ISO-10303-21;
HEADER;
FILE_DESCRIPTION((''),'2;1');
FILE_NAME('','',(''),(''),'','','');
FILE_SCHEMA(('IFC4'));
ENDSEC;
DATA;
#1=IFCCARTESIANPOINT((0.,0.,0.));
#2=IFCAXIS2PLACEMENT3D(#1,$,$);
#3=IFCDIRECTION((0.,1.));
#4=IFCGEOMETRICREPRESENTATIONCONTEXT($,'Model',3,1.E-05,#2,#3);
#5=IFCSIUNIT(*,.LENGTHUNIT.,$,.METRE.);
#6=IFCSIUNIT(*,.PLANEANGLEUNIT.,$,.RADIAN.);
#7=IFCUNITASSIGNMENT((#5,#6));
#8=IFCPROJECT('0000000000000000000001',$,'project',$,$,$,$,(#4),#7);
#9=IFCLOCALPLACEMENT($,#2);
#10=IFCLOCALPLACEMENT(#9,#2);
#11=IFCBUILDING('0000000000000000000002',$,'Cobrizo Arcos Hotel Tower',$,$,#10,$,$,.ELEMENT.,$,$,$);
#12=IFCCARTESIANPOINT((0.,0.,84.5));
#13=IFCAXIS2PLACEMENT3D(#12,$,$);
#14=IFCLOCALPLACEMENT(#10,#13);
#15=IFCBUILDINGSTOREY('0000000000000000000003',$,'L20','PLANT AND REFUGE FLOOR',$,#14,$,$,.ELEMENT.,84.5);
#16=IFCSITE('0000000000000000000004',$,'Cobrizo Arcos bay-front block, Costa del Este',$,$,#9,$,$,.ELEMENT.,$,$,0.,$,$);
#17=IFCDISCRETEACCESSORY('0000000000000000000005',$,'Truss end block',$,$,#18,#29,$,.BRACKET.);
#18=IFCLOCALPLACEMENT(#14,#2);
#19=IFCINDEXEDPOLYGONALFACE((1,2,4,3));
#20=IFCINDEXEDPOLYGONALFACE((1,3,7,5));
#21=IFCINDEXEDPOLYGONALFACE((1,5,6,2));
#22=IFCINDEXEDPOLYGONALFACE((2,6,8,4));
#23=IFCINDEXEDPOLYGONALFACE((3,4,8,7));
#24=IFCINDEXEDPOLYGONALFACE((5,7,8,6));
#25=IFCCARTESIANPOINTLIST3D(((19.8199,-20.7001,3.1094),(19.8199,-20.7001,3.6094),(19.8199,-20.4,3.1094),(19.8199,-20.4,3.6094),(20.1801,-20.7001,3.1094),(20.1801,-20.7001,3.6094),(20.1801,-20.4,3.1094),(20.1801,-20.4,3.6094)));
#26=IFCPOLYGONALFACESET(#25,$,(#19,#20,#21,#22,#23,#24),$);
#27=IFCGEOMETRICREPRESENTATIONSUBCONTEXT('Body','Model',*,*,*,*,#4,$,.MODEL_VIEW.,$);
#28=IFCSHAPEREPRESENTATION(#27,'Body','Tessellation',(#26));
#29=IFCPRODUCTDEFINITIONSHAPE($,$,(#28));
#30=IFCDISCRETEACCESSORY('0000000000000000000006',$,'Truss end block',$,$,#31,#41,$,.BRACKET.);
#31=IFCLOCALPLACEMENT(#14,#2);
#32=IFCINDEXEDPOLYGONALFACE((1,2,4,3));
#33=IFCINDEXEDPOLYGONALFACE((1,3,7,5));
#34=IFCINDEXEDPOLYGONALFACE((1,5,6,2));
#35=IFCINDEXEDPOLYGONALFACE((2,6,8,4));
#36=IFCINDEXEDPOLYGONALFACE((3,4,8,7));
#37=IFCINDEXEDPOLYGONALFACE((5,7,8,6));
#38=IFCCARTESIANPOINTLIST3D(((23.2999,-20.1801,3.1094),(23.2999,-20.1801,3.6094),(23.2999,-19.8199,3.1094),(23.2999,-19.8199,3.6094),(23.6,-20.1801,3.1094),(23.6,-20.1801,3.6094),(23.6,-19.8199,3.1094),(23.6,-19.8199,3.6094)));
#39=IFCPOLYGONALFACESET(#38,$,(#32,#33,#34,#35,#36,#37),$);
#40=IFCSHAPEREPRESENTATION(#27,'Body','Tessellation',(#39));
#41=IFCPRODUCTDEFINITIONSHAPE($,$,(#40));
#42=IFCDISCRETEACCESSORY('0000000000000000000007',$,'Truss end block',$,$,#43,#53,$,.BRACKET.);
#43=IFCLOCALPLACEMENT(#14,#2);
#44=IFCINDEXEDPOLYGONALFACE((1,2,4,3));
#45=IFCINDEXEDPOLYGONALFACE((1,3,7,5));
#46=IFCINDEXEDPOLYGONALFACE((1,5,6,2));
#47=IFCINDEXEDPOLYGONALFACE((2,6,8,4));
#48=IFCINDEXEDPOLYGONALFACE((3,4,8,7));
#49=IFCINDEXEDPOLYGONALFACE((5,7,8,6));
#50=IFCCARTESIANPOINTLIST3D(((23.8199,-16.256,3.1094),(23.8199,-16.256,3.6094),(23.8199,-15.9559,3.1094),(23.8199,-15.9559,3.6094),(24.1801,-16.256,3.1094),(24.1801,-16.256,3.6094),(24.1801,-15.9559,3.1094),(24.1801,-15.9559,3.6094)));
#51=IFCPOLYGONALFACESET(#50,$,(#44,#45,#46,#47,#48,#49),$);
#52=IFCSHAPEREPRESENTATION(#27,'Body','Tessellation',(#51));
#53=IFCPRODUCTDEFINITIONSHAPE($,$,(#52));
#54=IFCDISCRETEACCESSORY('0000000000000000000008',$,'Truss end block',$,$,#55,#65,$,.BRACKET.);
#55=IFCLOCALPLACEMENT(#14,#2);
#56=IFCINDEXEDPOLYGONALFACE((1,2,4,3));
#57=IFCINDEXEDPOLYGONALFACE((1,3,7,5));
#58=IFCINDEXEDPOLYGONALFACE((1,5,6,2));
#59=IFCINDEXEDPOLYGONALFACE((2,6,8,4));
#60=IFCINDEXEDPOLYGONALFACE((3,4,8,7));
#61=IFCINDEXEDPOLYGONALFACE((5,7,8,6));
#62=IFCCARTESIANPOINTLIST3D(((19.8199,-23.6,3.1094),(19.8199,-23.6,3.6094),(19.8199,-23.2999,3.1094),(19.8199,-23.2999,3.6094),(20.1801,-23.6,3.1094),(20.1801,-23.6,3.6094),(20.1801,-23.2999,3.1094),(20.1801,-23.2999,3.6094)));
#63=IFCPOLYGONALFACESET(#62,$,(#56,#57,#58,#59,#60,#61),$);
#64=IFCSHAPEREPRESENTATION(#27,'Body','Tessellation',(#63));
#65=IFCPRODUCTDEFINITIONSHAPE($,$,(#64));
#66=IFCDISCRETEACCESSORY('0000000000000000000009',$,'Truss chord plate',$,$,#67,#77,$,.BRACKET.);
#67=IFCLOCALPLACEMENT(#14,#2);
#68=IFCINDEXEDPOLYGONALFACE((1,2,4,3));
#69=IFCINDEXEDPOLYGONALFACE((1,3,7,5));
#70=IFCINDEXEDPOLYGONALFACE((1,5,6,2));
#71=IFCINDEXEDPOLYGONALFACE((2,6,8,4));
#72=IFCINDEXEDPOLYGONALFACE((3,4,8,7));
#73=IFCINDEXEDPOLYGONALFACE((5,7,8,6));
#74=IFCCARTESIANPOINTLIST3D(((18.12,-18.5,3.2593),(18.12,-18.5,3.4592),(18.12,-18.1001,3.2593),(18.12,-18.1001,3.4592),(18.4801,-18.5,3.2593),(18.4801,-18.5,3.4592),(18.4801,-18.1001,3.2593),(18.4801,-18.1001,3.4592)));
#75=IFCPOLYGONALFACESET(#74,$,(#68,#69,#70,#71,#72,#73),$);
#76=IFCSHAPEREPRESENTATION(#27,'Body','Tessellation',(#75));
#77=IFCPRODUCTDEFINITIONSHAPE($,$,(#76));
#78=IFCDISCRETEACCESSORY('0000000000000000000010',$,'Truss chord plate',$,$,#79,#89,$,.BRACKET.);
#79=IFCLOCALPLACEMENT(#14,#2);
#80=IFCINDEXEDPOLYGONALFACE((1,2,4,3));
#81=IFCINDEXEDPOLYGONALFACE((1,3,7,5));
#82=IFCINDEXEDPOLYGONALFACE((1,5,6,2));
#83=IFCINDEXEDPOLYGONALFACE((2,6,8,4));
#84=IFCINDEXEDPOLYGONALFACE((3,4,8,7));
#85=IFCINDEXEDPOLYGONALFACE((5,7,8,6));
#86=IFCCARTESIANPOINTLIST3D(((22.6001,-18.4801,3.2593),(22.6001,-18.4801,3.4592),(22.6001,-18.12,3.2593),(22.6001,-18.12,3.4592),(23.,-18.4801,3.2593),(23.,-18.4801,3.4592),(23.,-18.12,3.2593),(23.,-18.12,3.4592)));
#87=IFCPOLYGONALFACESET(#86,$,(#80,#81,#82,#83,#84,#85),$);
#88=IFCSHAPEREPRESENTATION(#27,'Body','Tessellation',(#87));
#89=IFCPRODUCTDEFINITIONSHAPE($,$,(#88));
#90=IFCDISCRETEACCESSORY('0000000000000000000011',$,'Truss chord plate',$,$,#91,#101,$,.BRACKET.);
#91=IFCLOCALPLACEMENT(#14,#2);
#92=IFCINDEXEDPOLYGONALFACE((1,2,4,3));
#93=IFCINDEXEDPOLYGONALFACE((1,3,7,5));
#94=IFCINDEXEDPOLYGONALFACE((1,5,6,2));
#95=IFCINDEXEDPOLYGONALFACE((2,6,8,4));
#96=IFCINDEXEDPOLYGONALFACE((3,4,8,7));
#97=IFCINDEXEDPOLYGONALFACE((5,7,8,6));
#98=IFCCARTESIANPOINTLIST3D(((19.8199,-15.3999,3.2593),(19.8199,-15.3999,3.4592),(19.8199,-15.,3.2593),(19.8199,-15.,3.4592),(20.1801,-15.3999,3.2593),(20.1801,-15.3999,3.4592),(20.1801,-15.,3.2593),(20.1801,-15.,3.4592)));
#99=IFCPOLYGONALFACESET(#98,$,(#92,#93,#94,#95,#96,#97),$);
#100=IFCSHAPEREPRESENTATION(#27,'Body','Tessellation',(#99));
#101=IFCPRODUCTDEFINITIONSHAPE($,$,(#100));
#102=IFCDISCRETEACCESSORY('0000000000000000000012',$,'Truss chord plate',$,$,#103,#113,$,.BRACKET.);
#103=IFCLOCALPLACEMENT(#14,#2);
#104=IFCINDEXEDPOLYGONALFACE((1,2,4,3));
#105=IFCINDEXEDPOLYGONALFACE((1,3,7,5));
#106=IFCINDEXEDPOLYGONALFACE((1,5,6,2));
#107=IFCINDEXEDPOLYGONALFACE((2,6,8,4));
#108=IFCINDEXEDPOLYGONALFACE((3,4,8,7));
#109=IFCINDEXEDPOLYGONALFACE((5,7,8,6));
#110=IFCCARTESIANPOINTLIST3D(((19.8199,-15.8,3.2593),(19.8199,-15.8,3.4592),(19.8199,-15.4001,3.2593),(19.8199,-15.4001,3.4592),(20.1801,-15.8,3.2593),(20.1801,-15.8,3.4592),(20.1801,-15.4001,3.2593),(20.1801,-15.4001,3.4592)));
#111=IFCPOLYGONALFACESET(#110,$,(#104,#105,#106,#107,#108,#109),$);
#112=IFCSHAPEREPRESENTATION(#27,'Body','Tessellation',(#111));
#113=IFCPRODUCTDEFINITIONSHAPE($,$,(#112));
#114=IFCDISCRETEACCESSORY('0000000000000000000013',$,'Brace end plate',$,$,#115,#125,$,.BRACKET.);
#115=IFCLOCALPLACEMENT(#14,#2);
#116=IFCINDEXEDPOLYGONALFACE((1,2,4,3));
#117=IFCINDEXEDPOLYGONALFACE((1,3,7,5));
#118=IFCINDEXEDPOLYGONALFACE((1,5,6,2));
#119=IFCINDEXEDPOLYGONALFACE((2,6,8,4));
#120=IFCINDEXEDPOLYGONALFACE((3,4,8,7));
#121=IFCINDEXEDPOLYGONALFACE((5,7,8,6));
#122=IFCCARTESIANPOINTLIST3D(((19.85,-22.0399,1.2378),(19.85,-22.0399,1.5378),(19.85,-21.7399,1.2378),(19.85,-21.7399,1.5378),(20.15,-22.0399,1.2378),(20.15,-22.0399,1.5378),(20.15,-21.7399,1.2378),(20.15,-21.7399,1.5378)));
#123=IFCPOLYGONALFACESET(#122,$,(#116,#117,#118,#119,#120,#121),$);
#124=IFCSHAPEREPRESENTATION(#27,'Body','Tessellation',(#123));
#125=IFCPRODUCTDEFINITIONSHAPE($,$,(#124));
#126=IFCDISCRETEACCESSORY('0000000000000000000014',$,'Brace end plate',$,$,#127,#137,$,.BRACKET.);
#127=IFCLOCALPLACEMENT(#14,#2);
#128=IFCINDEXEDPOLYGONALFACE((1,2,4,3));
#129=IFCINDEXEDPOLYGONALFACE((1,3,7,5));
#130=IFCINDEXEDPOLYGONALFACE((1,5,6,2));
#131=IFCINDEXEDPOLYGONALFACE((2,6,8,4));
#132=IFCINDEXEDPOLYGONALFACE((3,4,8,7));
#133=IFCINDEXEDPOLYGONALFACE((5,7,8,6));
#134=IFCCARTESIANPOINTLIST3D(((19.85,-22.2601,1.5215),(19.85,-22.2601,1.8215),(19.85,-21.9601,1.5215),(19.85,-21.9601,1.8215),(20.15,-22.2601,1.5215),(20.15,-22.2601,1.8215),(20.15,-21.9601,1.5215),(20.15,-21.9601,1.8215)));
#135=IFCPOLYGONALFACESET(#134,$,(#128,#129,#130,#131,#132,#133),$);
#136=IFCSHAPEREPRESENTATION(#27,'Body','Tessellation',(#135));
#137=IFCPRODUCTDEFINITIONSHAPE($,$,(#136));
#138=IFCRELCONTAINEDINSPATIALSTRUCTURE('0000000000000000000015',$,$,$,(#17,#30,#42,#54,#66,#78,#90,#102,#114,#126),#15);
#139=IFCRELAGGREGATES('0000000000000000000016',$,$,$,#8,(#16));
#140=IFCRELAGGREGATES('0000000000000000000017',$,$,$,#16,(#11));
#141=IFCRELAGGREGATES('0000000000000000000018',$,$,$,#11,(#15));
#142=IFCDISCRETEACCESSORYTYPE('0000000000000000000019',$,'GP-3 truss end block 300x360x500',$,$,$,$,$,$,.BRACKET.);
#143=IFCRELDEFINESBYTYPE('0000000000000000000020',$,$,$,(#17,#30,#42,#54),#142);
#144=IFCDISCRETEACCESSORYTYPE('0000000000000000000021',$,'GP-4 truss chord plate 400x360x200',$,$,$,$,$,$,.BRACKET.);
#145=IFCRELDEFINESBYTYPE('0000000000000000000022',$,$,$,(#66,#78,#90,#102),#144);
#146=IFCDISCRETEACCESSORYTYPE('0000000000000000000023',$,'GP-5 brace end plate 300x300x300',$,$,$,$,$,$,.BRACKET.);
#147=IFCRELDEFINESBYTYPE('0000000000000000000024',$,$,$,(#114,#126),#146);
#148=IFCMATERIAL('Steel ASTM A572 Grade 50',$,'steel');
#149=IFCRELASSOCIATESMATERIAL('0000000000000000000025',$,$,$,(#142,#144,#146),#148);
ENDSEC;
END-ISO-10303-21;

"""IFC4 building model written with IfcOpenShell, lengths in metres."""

from ifc_helpers import new_model, si_unit, direction, frame, origin, origin_2d, place, context, subcontext, project, spatial, rectangle, extrude, material, type_object, element, save


model = new_model("IFC4")

# Units and contexts
model_context = context("Model", 3, precision=1e-05, world=origin(), true_north=direction((0.0, 1.0)))
body_context = subcontext(model_context, "Body", "Model", "MODEL_VIEW")
ifc_project = project(units=[si_unit("LENGTHUNIT", "METRE"), si_unit("PLANEANGLEUNIT", "RADIAN")], contexts=[model_context])

# Site, building, storey
site_placement = place(None, origin())
site = spatial("IfcSite", under=ifc_project, at=site_placement, Name="Cobrizo Arcos bay-front block, Costa del Este", CompositionType="ELEMENT", RefElevation=0.0)
building_placement = place(site_placement, origin())
building = spatial("IfcBuilding", under=site, at=building_placement, Name="Cobrizo Arcos Hotel Tower", CompositionType="ELEMENT")
storey_placement = place(building_placement, frame((0.0, 0.0, 84.5)))
storey = spatial("IfcBuildingStorey", under=building, at=storey_placement, Name="L20", Description="PLANT AND REFUGE FLOOR", CompositionType="ELEMENT", Elevation=84.5)

# Discrete accessories
ifc_material_1 = material(Name="Steel ASTM A572 Grade 50", Category="steel")
discrete_accessory_type_1 = type_object("IfcDiscreteAccessoryType", Name="GP-3 truss end block 300x360x500", PredefinedType="BRACKET", material=ifc_material_1)
for number, where, z_axis, x_axis, name in (
    (1, (20.0, -20.55, 3.1094), (0.0, 0.0, 1.0), (0.0, -1.0, 0.0), "Truss end block"),
    (2, (23.45, -20.0, 3.1094), (0.0, 0.0, 1.0), (-1.0, 0.0, 0.0), "Truss end block"),
    (3, (24.0, -16.106, 3.1094), (0.0, 0.0, 1.0), (0.0, -1.0, 0.0), "Truss end block"),
    (4, (20.0, -23.45, 3.1094), (0.0, 0.0, 1.0), (0.0, 1.0, 0.0), "Truss end block"),
):
    element("IfcDiscreteAccessory", number, at=place(storey_placement, frame(where, z_axis=z_axis, x_axis=x_axis)), inside=storey, type_object=discrete_accessory_type_1, Name=name, PredefinedType="BRACKET", context=body_context, shape_type="SweptSolid", body=[
        extrude(rectangle(XDim=0.3, YDim=0.3601, at=origin_2d()), origin(), (0.0, 0.0, 1.0), 0.5),
    ])
discrete_accessory_type_2 = type_object("IfcDiscreteAccessoryType", Name="GP-4 truss chord plate 400x360x200", PredefinedType="BRACKET", material=ifc_material_1)
for number, where, z_axis, x_axis, name in (
    (5, (18.3, -18.3, 3.2593), (0.0, 0.0, 1.0), (0.0, 1.0, 0.0), "Truss chord plate"),
    (6, (22.8, -18.3, 3.2593), (0.0, 0.0, 1.0), (1.0, 0.0, 0.0), "Truss chord plate"),
    (7, (20.0, -15.2, 3.2593), (0.0, 0.0, 1.0), (0.0, -1.0, 0.0), "Truss chord plate"),
    (8, (20.0, -15.6001, 3.2593), (0.0, 0.0, 1.0), (0.0, -1.0, 0.0), "Truss chord plate"),
):
    element("IfcDiscreteAccessory", number, at=place(storey_placement, frame(where, z_axis=z_axis, x_axis=x_axis)), inside=storey, type_object=discrete_accessory_type_2, Name=name, PredefinedType="BRACKET", context=body_context, shape_type="SweptSolid", body=[
        extrude(rectangle(XDim=0.3999, YDim=0.3601, at=origin_2d()), origin(), (0.0, 0.0, 1.0), 0.2),
    ])
discrete_accessory_type_3 = type_object("IfcDiscreteAccessoryType", Name="GP-5 brace end plate 300x300x300", PredefinedType="BRACKET", material=ifc_material_1)
for number, where, z_axis, x_axis, name in (
    (9, (20.0, -21.8899, 1.2378), (0.0, 0.0, 1.0), (1.0, 0.0, 0.0), "Brace end plate"),
    (10, (20.0, -22.1101, 1.5215), (0.0, 0.0, 1.0), (1.0, 0.0, 0.0), "Brace end plate"),
):
    element("IfcDiscreteAccessory", number, at=place(storey_placement, frame(where, z_axis=z_axis, x_axis=x_axis)), inside=storey, type_object=discrete_accessory_type_3, Name=name, PredefinedType="BRACKET", context=body_context, shape_type="SweptSolid", body=[
        extrude(rectangle(XDim=0.3, YDim=0.3, at=origin_2d()), origin(), (0.0, 0.0, 1.0), 0.3),
    ])

save(model, "model.ifc")
